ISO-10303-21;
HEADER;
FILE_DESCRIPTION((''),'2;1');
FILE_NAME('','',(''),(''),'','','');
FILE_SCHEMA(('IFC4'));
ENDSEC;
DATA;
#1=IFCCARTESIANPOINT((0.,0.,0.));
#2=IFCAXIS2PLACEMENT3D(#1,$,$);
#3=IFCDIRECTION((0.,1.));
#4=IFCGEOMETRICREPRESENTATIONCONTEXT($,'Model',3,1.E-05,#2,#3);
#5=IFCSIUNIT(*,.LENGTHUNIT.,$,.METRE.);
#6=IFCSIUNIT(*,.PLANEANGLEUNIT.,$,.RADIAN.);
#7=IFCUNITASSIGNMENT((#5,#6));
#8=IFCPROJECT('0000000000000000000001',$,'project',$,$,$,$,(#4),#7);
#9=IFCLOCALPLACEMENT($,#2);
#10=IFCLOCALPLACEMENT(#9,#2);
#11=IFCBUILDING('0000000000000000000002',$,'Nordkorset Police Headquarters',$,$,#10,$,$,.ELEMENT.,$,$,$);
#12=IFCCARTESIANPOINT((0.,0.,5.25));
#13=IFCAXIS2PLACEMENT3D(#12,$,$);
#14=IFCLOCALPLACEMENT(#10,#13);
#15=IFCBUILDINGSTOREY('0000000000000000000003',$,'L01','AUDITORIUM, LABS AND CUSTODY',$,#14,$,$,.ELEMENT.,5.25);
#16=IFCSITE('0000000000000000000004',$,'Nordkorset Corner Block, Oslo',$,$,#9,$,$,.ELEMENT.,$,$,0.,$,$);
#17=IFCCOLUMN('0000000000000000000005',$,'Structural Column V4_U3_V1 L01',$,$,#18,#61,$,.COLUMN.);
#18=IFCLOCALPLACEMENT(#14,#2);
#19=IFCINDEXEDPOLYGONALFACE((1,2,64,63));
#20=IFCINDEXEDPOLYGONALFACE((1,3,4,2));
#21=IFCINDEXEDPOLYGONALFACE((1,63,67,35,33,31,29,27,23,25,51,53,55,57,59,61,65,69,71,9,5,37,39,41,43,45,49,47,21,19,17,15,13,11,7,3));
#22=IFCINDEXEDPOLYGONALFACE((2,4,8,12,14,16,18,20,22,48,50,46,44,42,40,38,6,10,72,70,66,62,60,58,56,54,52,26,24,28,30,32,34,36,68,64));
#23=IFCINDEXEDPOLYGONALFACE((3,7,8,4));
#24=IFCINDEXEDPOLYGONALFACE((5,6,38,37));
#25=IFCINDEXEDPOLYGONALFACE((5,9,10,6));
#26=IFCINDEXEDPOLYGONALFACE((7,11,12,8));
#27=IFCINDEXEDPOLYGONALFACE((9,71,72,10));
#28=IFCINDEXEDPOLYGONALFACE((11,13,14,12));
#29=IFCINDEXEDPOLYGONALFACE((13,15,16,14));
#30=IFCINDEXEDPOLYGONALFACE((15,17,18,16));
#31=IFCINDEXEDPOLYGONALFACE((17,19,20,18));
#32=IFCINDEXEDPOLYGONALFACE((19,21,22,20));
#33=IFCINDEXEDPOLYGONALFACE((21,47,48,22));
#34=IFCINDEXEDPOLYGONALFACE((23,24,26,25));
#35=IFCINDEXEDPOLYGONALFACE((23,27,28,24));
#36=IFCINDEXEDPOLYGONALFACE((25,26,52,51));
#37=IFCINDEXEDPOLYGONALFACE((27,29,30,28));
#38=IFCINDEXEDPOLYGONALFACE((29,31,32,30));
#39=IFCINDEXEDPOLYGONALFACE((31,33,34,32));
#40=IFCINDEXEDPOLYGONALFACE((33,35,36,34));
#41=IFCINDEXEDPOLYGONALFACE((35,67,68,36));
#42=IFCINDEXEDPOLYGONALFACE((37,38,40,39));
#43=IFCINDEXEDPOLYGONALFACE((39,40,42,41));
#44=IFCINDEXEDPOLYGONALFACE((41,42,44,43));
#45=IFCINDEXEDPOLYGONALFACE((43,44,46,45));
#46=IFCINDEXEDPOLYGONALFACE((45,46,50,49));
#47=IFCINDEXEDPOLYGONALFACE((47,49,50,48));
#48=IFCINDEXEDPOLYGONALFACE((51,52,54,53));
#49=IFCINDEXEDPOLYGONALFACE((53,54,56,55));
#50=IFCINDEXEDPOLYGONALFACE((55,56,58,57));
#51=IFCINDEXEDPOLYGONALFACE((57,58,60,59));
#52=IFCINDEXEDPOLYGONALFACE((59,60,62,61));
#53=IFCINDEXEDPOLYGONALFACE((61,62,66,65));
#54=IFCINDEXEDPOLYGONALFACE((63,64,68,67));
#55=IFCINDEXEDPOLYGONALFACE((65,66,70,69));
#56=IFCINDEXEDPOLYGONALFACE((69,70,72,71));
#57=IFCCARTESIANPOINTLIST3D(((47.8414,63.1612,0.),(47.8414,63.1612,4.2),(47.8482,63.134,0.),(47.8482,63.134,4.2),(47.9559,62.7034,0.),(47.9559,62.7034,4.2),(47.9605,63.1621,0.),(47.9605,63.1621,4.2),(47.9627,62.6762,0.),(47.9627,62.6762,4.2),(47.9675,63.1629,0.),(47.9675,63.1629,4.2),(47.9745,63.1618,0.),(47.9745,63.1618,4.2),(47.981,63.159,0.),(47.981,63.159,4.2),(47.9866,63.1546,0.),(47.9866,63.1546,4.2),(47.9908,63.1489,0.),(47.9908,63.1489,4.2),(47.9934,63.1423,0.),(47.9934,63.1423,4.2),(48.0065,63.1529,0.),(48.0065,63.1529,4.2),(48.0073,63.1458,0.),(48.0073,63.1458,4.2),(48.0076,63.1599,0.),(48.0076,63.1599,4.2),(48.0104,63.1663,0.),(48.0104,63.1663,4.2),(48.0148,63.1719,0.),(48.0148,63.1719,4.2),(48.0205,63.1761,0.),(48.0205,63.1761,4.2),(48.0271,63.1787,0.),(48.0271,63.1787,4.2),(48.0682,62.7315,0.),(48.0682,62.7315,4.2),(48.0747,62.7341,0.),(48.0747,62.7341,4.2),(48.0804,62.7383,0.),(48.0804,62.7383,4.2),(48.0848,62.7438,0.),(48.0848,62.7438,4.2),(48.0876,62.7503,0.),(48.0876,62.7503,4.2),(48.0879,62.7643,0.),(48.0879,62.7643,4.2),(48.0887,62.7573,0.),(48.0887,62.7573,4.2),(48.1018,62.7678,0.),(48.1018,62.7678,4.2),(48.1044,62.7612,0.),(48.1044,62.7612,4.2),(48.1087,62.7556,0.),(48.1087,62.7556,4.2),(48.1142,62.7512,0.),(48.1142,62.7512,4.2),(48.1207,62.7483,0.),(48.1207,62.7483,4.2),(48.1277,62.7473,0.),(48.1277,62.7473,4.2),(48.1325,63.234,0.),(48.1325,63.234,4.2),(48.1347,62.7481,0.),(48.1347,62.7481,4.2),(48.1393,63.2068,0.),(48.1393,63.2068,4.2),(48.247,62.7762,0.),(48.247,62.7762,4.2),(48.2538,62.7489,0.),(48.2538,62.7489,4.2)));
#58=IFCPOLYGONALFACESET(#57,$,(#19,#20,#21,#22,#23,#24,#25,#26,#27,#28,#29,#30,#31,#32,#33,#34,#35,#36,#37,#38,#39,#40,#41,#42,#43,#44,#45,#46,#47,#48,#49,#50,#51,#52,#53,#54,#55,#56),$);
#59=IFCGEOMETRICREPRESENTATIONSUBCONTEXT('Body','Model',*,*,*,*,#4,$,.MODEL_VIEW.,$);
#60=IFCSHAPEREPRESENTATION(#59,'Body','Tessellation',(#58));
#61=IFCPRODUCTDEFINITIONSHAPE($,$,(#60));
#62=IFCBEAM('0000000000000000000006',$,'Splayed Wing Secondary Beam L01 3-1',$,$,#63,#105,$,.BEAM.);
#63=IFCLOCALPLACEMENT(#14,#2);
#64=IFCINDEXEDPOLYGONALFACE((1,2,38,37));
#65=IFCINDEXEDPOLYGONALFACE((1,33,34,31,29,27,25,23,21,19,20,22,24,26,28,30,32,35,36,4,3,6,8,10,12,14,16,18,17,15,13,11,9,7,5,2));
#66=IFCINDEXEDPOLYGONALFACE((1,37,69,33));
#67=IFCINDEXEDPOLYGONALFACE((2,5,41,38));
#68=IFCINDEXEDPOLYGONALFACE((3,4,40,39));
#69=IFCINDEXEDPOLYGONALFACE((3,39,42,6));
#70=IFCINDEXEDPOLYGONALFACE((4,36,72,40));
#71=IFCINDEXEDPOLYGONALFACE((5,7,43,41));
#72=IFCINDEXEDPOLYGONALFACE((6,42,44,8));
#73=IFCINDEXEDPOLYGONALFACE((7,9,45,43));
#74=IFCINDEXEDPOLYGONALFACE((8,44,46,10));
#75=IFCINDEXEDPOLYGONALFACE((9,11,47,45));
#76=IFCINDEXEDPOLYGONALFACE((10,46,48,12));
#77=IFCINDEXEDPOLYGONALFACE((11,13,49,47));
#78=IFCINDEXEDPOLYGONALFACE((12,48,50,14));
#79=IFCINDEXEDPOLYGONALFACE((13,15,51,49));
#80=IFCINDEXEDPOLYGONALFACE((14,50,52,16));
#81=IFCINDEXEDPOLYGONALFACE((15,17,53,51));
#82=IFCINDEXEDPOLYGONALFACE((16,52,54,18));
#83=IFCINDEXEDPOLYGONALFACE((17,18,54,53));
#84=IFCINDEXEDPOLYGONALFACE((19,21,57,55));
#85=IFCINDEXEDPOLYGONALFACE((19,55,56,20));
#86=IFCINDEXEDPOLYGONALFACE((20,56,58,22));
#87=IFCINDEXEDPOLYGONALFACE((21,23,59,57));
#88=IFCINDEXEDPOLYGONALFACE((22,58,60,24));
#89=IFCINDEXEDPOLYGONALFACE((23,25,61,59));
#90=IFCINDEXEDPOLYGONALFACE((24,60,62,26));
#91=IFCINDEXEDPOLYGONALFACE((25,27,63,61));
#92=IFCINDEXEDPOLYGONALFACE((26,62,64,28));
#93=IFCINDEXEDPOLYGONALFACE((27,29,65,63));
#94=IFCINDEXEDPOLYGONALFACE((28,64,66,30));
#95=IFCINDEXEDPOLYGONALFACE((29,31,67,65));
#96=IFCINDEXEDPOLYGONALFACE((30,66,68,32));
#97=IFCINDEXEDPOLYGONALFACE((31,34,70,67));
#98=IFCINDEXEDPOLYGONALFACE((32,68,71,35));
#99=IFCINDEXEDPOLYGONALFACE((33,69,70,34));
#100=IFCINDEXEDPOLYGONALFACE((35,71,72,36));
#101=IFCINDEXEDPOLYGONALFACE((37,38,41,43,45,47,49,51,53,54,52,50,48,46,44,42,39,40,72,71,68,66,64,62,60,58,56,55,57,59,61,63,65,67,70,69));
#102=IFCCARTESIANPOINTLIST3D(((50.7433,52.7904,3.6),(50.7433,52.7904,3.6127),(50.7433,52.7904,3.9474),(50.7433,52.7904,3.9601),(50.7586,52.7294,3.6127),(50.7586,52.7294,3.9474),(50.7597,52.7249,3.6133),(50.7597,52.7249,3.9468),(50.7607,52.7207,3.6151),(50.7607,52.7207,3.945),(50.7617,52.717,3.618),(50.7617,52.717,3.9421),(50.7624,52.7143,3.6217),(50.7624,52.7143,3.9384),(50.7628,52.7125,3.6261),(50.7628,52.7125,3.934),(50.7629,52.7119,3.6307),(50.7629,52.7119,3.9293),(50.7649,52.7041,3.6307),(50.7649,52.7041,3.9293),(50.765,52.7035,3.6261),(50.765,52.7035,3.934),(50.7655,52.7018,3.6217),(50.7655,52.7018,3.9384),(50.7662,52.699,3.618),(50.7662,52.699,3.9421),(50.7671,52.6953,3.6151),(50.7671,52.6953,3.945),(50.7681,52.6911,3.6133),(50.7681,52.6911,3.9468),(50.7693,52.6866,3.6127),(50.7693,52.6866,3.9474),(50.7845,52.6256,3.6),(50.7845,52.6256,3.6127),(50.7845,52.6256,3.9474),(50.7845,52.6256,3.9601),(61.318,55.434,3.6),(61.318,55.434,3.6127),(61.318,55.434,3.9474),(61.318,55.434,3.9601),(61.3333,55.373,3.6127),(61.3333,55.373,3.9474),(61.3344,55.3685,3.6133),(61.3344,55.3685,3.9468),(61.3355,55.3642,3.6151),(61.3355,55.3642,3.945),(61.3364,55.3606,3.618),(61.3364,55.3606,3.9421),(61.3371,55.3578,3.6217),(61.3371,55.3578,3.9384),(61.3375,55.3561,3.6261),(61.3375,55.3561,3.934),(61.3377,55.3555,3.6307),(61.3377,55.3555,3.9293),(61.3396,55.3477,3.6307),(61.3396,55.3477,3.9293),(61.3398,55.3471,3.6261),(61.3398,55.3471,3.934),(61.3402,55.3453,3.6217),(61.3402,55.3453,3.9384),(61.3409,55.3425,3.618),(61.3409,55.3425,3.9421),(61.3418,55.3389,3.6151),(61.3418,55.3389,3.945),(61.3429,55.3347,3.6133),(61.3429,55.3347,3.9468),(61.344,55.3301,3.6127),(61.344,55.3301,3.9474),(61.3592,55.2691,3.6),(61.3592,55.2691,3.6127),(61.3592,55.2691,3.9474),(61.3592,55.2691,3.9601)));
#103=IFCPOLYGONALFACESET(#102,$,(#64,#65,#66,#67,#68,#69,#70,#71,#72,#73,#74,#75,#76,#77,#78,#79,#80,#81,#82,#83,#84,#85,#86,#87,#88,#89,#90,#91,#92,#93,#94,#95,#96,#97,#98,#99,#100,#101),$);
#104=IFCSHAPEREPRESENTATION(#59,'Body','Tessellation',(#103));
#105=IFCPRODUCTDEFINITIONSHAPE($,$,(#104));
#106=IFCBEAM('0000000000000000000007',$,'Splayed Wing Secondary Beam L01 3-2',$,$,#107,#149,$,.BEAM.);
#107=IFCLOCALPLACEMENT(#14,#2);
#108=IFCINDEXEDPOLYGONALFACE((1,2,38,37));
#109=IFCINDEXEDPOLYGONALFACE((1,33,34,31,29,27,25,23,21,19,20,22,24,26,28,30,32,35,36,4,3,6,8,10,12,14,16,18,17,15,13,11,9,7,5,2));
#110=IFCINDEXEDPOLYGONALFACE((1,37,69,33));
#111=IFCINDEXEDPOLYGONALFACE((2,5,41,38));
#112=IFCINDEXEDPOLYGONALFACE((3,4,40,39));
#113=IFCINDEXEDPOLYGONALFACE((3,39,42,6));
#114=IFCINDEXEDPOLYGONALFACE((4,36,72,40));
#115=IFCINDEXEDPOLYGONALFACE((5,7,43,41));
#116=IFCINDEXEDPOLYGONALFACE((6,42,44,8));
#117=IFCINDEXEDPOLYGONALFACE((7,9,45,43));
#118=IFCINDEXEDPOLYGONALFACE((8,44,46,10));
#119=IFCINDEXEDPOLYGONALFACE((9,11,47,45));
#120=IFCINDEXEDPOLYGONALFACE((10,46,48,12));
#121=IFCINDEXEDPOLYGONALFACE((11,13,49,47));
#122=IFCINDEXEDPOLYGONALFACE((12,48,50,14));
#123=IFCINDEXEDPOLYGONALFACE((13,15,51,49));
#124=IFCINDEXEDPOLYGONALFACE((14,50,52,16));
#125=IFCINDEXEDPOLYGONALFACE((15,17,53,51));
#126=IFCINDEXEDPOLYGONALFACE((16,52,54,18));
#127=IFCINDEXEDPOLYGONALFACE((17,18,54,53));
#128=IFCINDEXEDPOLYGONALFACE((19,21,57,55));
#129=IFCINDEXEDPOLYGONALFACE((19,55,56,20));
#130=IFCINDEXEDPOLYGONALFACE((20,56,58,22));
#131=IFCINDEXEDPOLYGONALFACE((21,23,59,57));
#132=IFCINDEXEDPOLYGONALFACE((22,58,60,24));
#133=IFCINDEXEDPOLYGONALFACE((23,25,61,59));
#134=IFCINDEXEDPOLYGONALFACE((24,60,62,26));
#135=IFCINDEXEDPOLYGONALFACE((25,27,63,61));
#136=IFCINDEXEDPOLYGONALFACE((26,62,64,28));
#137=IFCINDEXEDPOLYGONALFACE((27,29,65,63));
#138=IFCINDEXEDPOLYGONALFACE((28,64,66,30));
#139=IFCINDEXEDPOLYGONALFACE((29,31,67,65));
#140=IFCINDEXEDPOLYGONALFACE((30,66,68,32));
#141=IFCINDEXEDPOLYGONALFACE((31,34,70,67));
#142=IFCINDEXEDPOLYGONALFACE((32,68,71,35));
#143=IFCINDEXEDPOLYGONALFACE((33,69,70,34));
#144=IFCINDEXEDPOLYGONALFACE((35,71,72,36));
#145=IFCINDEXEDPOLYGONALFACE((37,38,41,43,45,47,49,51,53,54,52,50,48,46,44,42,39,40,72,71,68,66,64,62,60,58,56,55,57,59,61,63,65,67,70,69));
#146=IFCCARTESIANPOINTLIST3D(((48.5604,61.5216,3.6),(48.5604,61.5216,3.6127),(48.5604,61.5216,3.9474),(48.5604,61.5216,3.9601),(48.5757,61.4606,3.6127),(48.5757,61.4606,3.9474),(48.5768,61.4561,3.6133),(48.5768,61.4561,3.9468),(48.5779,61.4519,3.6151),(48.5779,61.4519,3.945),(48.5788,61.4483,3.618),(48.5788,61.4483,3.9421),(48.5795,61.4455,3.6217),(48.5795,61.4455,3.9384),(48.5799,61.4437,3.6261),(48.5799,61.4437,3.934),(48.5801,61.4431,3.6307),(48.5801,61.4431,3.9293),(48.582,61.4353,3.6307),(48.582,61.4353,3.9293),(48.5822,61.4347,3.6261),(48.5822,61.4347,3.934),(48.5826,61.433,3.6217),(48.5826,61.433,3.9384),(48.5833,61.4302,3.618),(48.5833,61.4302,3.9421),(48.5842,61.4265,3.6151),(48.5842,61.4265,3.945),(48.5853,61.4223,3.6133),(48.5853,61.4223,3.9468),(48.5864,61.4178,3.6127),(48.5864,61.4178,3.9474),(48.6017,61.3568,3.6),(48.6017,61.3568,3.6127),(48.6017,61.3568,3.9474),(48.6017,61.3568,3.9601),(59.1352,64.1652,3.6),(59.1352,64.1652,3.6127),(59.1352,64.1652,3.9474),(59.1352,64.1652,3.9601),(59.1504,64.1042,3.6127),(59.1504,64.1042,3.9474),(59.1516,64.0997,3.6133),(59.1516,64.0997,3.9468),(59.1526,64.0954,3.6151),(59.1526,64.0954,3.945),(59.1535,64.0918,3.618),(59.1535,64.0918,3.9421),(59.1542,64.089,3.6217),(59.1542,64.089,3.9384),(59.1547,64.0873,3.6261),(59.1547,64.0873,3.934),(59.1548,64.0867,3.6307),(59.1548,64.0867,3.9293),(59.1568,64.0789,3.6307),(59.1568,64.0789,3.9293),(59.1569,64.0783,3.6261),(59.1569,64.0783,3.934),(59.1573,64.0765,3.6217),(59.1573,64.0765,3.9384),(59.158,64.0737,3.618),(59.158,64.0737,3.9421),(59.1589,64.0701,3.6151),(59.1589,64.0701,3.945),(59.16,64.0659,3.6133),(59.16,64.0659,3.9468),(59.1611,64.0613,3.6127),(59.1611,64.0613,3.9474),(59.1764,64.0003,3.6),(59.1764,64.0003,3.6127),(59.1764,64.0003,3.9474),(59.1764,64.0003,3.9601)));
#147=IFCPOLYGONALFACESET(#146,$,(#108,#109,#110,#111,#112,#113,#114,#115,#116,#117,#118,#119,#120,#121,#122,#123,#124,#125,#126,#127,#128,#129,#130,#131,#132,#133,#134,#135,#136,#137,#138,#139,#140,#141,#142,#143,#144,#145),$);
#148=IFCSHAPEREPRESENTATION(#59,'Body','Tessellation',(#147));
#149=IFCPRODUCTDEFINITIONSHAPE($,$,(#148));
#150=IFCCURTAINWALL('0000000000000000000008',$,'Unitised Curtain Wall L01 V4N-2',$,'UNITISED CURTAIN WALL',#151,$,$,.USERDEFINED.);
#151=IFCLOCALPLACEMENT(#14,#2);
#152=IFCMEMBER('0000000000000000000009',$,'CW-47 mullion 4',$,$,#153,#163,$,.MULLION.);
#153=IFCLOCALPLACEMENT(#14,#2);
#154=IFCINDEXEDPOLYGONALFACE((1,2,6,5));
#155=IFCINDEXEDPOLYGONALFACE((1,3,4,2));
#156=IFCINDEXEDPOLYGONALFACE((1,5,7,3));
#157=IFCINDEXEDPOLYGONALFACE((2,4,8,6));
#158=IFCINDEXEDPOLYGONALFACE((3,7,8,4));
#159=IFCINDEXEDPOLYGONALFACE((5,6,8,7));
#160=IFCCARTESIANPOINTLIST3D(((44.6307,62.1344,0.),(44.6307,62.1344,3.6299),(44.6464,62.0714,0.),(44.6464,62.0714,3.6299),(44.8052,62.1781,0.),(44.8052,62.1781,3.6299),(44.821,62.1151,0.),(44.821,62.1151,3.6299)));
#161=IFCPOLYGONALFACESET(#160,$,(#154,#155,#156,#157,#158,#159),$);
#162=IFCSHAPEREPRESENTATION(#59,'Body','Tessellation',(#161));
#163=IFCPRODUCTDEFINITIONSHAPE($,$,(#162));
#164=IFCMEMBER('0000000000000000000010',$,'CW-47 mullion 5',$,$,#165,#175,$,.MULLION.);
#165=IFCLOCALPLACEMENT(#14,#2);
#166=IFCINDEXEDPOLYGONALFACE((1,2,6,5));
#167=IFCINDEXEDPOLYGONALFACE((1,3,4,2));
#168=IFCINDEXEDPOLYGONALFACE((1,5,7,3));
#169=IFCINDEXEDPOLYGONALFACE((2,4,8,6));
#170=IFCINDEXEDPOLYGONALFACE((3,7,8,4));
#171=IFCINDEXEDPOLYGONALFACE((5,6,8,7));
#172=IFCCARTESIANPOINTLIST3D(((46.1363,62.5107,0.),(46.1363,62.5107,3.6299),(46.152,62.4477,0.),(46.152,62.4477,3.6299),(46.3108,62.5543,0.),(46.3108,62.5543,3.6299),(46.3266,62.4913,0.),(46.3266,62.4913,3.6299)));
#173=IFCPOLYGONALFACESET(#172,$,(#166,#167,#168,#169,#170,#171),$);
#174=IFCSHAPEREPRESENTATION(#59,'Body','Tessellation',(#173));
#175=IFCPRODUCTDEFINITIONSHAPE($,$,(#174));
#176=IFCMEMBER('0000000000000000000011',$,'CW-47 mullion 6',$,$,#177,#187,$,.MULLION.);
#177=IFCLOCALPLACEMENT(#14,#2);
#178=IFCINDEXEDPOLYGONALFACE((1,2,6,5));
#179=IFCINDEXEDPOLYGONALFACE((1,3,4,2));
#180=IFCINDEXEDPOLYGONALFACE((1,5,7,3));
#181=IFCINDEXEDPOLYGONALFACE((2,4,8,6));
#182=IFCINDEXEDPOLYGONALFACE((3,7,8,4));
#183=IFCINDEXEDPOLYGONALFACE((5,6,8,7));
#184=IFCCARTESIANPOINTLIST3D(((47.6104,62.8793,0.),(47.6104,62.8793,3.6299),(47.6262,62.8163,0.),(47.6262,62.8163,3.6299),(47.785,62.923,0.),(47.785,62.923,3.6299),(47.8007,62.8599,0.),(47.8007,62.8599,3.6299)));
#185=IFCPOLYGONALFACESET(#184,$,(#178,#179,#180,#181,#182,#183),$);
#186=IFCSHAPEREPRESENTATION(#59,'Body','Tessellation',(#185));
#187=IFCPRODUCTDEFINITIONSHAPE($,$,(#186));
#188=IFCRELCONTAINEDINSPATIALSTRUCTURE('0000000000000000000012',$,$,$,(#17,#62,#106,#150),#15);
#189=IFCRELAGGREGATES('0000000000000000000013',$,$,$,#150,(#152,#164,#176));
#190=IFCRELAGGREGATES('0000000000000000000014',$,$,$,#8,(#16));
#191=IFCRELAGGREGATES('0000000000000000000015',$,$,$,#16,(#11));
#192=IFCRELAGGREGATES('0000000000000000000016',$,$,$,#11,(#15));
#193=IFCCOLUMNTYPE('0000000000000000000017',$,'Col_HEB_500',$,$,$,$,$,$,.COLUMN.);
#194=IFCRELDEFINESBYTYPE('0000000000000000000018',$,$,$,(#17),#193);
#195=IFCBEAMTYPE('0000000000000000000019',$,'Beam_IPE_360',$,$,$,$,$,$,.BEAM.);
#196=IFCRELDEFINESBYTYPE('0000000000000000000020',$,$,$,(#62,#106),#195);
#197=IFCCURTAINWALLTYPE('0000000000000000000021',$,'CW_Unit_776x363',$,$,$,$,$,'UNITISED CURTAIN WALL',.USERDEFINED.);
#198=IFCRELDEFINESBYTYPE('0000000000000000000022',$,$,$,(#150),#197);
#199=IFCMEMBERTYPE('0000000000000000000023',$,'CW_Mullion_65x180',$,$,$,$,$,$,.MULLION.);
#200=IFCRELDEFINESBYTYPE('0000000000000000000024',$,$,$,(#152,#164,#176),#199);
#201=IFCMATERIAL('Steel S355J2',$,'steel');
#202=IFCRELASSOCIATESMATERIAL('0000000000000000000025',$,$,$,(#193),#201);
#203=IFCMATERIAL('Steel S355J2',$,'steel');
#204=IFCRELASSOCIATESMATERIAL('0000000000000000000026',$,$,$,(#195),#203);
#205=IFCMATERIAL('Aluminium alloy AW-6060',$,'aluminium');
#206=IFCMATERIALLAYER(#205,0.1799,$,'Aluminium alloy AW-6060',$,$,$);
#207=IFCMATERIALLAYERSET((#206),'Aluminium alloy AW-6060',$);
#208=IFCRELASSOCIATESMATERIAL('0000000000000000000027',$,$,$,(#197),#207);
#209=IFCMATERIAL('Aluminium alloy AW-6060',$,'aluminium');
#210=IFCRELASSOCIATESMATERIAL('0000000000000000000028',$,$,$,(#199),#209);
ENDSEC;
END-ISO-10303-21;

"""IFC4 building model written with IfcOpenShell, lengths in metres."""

from ifc_helpers import new_model, si_unit, direction, frame, origin, origin_2d, place, context, subcontext, project, spatial, rectangle, i_section, extrude, material, layer, layer_set, material_profile, profile_set, type_object, element, aggregate, save


model = new_model("IFC4")

# Units and contexts
model_context = context("Model", 3, precision=1e-05, world=origin(), true_north=direction((0.0, 1.0)))
body_context = subcontext(model_context, "Body", "Model", "MODEL_VIEW")
ifc_project = project(units=[si_unit("LENGTHUNIT", "METRE"), si_unit("PLANEANGLEUNIT", "RADIAN")], contexts=[model_context])

# Site, building, storey
site_placement = place(None, origin())
site = spatial("IfcSite", under=ifc_project, at=site_placement, Name="Nordkorset Corner Block, Oslo", CompositionType="ELEMENT", RefElevation=0.0)
building_placement = place(site_placement, origin())
building = spatial("IfcBuilding", under=site, at=building_placement, Name="Nordkorset Police Headquarters", CompositionType="ELEMENT")
storey_placement = place(building_placement, frame((0.0, 0.0, 5.25)))
storey = spatial("IfcBuildingStorey", under=building, at=storey_placement, Name="L01", Description="AUDITORIUM, LABS AND CUSTODY", CompositionType="ELEMENT", Elevation=5.25)

# Column
ifc_material_1 = material(Name="Steel S355J2", Category="steel")
ifc_material_profile_1 = material_profile(ifc_material_1, i_section(OverallWidth=0.3, OverallDepth=0.5, WebThickness=0.0144, FlangeThickness=0.0281, FilletRadius=0.0271, at=origin_2d()), Name="HEB 500")
ifc_profile_set_1 = profile_set([ifc_material_profile_1], Name="Steel S355J2")
column_type = type_object("IfcColumnType", Name="Col_HEB_500", PredefinedType="COLUMN", material=ifc_profile_set_1)
column_placement = place(storey_placement, frame((48.0476, 62.9551, 0.0), z_axis=(0.0, 0.0, 1.0), x_axis=(0.970143, 0.242536, 0.0)))
element("IfcColumn", 1, at=column_placement, inside=storey, type_object=column_type, Name="Structural Column V4_U3_V1 L01", PredefinedType="COLUMN", context=body_context, shape_type="SweptSolid", body=[
    extrude(i_section(OverallWidth=0.3, OverallDepth=0.5, WebThickness=0.0144, FlangeThickness=0.0281, FilletRadius=0.0271, at=origin_2d()), origin(), (0.0, 0.0, 1.0), 4.2),
])

# Beams
ifc_material_2 = material(Name="Steel S355J2", Category="steel")
ifc_material_profile_2 = material_profile(ifc_material_2, i_section(OverallWidth=0.1699, OverallDepth=0.3601, WebThickness=0.0081, FlangeThickness=0.0127, FilletRadius=0.0181, at=origin_2d()), Name="IPE 360")
ifc_profile_set_2 = profile_set([ifc_material_profile_2], Name="Steel S355J2")
beam_type_1 = type_object("IfcBeamType", Name="Beam_IPE_360", PredefinedType="BEAM", material=ifc_profile_set_2)
for number, where, z_axis, x_axis, name in (
    (2, (50.7639, 52.708, 3.78), (0.970145, 0.242525, 0.0), (-0.242525, 0.970145, 0.0), "Splayed Wing Secondary Beam L01 3-1"),
    (3, (48.5811, 61.4392, 3.78), (0.970145, 0.242525, 0.0), (-0.242525, 0.970145, 0.0), "Splayed Wing Secondary Beam L01 3-2"),
):
    element("IfcBeam", number, at=place(storey_placement, frame(where, z_axis=z_axis, x_axis=x_axis)), inside=storey, type_object=beam_type_1, Name=name, PredefinedType="BEAM", context=body_context, shape_type="SweptSolid", body=[
        extrude(i_section(OverallWidth=0.1699, OverallDepth=0.3601, WebThickness=0.0081, FlangeThickness=0.0127, FilletRadius=0.0181, at=origin_2d()), origin(), (0.0, 0.0, 1.0), 10.9001),
    ])

# Curtain wall, members
ifc_material_3 = material(Name="Aluminium alloy AW-6060", Category="aluminium")
ifc_layer_1 = layer(ifc_material_3, 0.1799, Name="Aluminium alloy AW-6060")
ifc_layer_set_1 = layer_set([ifc_layer_1], Name="Aluminium alloy AW-6060")
curtain_wall_type = type_object("IfcCurtainWallType", Name="CW_Unit_776x363", ElementType="UNITISED CURTAIN WALL", PredefinedType="USERDEFINED", material=ifc_layer_set_1)
curtain_wall_placement = place(storey_placement, origin())
curtain_wall = element("IfcCurtainWall", 4, at=curtain_wall_placement, inside=storey, type_object=curtain_wall_type, Name="Unitised Curtain Wall L01 V4N-2", ObjectType="UNITISED CURTAIN WALL", PredefinedType="USERDEFINED")
ifc_material_4 = material(Name="Aluminium alloy AW-6060", Category="aluminium")
ifc_material_profile_3 = material_profile(ifc_material_4, rectangle(XDim=0.0649, YDim=0.1799, at=origin_2d()), Name="ALU MULL 65x180")
ifc_profile_set_3 = profile_set([ifc_material_profile_3], Name="Aluminium alloy AW-6060")
member_type_1 = type_object("IfcMemberType", Name="CW_Mullion_65x180", PredefinedType="MULLION", material=ifc_profile_set_3)
member_1_placement = place(storey_placement, frame((44.7258, 62.1248, 0.0), z_axis=(0.0, 0.0, 1.0), x_axis=(-0.242536, 0.970142, 0.0)))
member_1 = element("IfcMember", 5, at=member_1_placement, type_object=member_type_1, Name="CW-47 mullion 4", PredefinedType="MULLION", context=body_context, shape_type="SweptSolid", body=[
    extrude(rectangle(XDim=0.0649, YDim=0.1799, at=origin_2d()), origin(), (0.0, 0.0, 1.0), 3.6299),
])
member_2_placement = place(storey_placement, frame((46.2314, 62.501, 0.0), z_axis=(0.0, 0.0, 1.0), x_axis=(-0.242536, 0.970142, 0.0)))
member_2 = element("IfcMember", 6, at=member_2_placement, type_object=member_type_1, Name="CW-47 mullion 5", PredefinedType="MULLION", context=body_context, shape_type="SweptSolid", body=[
    extrude(rectangle(XDim=0.0649, YDim=0.1799, at=origin_2d()), origin(), (0.0, 0.0, 1.0), 3.6299),
])
member_3_placement = place(storey_placement, frame((47.7056, 62.8696, 0.0), z_axis=(0.0, 0.0, 1.0), x_axis=(-0.242536, 0.970142, 0.0)))
member_3 = element("IfcMember", 7, at=member_3_placement, type_object=member_type_1, Name="CW-47 mullion 6", PredefinedType="MULLION", context=body_context, shape_type="SweptSolid", body=[
    extrude(rectangle(XDim=0.0649, YDim=0.1799, at=origin_2d()), origin(), (0.0, 0.0, 1.0), 3.6299),
])

aggregate(curtain_wall, [member_1, member_2, member_3])

save(model, "model.ifc")
